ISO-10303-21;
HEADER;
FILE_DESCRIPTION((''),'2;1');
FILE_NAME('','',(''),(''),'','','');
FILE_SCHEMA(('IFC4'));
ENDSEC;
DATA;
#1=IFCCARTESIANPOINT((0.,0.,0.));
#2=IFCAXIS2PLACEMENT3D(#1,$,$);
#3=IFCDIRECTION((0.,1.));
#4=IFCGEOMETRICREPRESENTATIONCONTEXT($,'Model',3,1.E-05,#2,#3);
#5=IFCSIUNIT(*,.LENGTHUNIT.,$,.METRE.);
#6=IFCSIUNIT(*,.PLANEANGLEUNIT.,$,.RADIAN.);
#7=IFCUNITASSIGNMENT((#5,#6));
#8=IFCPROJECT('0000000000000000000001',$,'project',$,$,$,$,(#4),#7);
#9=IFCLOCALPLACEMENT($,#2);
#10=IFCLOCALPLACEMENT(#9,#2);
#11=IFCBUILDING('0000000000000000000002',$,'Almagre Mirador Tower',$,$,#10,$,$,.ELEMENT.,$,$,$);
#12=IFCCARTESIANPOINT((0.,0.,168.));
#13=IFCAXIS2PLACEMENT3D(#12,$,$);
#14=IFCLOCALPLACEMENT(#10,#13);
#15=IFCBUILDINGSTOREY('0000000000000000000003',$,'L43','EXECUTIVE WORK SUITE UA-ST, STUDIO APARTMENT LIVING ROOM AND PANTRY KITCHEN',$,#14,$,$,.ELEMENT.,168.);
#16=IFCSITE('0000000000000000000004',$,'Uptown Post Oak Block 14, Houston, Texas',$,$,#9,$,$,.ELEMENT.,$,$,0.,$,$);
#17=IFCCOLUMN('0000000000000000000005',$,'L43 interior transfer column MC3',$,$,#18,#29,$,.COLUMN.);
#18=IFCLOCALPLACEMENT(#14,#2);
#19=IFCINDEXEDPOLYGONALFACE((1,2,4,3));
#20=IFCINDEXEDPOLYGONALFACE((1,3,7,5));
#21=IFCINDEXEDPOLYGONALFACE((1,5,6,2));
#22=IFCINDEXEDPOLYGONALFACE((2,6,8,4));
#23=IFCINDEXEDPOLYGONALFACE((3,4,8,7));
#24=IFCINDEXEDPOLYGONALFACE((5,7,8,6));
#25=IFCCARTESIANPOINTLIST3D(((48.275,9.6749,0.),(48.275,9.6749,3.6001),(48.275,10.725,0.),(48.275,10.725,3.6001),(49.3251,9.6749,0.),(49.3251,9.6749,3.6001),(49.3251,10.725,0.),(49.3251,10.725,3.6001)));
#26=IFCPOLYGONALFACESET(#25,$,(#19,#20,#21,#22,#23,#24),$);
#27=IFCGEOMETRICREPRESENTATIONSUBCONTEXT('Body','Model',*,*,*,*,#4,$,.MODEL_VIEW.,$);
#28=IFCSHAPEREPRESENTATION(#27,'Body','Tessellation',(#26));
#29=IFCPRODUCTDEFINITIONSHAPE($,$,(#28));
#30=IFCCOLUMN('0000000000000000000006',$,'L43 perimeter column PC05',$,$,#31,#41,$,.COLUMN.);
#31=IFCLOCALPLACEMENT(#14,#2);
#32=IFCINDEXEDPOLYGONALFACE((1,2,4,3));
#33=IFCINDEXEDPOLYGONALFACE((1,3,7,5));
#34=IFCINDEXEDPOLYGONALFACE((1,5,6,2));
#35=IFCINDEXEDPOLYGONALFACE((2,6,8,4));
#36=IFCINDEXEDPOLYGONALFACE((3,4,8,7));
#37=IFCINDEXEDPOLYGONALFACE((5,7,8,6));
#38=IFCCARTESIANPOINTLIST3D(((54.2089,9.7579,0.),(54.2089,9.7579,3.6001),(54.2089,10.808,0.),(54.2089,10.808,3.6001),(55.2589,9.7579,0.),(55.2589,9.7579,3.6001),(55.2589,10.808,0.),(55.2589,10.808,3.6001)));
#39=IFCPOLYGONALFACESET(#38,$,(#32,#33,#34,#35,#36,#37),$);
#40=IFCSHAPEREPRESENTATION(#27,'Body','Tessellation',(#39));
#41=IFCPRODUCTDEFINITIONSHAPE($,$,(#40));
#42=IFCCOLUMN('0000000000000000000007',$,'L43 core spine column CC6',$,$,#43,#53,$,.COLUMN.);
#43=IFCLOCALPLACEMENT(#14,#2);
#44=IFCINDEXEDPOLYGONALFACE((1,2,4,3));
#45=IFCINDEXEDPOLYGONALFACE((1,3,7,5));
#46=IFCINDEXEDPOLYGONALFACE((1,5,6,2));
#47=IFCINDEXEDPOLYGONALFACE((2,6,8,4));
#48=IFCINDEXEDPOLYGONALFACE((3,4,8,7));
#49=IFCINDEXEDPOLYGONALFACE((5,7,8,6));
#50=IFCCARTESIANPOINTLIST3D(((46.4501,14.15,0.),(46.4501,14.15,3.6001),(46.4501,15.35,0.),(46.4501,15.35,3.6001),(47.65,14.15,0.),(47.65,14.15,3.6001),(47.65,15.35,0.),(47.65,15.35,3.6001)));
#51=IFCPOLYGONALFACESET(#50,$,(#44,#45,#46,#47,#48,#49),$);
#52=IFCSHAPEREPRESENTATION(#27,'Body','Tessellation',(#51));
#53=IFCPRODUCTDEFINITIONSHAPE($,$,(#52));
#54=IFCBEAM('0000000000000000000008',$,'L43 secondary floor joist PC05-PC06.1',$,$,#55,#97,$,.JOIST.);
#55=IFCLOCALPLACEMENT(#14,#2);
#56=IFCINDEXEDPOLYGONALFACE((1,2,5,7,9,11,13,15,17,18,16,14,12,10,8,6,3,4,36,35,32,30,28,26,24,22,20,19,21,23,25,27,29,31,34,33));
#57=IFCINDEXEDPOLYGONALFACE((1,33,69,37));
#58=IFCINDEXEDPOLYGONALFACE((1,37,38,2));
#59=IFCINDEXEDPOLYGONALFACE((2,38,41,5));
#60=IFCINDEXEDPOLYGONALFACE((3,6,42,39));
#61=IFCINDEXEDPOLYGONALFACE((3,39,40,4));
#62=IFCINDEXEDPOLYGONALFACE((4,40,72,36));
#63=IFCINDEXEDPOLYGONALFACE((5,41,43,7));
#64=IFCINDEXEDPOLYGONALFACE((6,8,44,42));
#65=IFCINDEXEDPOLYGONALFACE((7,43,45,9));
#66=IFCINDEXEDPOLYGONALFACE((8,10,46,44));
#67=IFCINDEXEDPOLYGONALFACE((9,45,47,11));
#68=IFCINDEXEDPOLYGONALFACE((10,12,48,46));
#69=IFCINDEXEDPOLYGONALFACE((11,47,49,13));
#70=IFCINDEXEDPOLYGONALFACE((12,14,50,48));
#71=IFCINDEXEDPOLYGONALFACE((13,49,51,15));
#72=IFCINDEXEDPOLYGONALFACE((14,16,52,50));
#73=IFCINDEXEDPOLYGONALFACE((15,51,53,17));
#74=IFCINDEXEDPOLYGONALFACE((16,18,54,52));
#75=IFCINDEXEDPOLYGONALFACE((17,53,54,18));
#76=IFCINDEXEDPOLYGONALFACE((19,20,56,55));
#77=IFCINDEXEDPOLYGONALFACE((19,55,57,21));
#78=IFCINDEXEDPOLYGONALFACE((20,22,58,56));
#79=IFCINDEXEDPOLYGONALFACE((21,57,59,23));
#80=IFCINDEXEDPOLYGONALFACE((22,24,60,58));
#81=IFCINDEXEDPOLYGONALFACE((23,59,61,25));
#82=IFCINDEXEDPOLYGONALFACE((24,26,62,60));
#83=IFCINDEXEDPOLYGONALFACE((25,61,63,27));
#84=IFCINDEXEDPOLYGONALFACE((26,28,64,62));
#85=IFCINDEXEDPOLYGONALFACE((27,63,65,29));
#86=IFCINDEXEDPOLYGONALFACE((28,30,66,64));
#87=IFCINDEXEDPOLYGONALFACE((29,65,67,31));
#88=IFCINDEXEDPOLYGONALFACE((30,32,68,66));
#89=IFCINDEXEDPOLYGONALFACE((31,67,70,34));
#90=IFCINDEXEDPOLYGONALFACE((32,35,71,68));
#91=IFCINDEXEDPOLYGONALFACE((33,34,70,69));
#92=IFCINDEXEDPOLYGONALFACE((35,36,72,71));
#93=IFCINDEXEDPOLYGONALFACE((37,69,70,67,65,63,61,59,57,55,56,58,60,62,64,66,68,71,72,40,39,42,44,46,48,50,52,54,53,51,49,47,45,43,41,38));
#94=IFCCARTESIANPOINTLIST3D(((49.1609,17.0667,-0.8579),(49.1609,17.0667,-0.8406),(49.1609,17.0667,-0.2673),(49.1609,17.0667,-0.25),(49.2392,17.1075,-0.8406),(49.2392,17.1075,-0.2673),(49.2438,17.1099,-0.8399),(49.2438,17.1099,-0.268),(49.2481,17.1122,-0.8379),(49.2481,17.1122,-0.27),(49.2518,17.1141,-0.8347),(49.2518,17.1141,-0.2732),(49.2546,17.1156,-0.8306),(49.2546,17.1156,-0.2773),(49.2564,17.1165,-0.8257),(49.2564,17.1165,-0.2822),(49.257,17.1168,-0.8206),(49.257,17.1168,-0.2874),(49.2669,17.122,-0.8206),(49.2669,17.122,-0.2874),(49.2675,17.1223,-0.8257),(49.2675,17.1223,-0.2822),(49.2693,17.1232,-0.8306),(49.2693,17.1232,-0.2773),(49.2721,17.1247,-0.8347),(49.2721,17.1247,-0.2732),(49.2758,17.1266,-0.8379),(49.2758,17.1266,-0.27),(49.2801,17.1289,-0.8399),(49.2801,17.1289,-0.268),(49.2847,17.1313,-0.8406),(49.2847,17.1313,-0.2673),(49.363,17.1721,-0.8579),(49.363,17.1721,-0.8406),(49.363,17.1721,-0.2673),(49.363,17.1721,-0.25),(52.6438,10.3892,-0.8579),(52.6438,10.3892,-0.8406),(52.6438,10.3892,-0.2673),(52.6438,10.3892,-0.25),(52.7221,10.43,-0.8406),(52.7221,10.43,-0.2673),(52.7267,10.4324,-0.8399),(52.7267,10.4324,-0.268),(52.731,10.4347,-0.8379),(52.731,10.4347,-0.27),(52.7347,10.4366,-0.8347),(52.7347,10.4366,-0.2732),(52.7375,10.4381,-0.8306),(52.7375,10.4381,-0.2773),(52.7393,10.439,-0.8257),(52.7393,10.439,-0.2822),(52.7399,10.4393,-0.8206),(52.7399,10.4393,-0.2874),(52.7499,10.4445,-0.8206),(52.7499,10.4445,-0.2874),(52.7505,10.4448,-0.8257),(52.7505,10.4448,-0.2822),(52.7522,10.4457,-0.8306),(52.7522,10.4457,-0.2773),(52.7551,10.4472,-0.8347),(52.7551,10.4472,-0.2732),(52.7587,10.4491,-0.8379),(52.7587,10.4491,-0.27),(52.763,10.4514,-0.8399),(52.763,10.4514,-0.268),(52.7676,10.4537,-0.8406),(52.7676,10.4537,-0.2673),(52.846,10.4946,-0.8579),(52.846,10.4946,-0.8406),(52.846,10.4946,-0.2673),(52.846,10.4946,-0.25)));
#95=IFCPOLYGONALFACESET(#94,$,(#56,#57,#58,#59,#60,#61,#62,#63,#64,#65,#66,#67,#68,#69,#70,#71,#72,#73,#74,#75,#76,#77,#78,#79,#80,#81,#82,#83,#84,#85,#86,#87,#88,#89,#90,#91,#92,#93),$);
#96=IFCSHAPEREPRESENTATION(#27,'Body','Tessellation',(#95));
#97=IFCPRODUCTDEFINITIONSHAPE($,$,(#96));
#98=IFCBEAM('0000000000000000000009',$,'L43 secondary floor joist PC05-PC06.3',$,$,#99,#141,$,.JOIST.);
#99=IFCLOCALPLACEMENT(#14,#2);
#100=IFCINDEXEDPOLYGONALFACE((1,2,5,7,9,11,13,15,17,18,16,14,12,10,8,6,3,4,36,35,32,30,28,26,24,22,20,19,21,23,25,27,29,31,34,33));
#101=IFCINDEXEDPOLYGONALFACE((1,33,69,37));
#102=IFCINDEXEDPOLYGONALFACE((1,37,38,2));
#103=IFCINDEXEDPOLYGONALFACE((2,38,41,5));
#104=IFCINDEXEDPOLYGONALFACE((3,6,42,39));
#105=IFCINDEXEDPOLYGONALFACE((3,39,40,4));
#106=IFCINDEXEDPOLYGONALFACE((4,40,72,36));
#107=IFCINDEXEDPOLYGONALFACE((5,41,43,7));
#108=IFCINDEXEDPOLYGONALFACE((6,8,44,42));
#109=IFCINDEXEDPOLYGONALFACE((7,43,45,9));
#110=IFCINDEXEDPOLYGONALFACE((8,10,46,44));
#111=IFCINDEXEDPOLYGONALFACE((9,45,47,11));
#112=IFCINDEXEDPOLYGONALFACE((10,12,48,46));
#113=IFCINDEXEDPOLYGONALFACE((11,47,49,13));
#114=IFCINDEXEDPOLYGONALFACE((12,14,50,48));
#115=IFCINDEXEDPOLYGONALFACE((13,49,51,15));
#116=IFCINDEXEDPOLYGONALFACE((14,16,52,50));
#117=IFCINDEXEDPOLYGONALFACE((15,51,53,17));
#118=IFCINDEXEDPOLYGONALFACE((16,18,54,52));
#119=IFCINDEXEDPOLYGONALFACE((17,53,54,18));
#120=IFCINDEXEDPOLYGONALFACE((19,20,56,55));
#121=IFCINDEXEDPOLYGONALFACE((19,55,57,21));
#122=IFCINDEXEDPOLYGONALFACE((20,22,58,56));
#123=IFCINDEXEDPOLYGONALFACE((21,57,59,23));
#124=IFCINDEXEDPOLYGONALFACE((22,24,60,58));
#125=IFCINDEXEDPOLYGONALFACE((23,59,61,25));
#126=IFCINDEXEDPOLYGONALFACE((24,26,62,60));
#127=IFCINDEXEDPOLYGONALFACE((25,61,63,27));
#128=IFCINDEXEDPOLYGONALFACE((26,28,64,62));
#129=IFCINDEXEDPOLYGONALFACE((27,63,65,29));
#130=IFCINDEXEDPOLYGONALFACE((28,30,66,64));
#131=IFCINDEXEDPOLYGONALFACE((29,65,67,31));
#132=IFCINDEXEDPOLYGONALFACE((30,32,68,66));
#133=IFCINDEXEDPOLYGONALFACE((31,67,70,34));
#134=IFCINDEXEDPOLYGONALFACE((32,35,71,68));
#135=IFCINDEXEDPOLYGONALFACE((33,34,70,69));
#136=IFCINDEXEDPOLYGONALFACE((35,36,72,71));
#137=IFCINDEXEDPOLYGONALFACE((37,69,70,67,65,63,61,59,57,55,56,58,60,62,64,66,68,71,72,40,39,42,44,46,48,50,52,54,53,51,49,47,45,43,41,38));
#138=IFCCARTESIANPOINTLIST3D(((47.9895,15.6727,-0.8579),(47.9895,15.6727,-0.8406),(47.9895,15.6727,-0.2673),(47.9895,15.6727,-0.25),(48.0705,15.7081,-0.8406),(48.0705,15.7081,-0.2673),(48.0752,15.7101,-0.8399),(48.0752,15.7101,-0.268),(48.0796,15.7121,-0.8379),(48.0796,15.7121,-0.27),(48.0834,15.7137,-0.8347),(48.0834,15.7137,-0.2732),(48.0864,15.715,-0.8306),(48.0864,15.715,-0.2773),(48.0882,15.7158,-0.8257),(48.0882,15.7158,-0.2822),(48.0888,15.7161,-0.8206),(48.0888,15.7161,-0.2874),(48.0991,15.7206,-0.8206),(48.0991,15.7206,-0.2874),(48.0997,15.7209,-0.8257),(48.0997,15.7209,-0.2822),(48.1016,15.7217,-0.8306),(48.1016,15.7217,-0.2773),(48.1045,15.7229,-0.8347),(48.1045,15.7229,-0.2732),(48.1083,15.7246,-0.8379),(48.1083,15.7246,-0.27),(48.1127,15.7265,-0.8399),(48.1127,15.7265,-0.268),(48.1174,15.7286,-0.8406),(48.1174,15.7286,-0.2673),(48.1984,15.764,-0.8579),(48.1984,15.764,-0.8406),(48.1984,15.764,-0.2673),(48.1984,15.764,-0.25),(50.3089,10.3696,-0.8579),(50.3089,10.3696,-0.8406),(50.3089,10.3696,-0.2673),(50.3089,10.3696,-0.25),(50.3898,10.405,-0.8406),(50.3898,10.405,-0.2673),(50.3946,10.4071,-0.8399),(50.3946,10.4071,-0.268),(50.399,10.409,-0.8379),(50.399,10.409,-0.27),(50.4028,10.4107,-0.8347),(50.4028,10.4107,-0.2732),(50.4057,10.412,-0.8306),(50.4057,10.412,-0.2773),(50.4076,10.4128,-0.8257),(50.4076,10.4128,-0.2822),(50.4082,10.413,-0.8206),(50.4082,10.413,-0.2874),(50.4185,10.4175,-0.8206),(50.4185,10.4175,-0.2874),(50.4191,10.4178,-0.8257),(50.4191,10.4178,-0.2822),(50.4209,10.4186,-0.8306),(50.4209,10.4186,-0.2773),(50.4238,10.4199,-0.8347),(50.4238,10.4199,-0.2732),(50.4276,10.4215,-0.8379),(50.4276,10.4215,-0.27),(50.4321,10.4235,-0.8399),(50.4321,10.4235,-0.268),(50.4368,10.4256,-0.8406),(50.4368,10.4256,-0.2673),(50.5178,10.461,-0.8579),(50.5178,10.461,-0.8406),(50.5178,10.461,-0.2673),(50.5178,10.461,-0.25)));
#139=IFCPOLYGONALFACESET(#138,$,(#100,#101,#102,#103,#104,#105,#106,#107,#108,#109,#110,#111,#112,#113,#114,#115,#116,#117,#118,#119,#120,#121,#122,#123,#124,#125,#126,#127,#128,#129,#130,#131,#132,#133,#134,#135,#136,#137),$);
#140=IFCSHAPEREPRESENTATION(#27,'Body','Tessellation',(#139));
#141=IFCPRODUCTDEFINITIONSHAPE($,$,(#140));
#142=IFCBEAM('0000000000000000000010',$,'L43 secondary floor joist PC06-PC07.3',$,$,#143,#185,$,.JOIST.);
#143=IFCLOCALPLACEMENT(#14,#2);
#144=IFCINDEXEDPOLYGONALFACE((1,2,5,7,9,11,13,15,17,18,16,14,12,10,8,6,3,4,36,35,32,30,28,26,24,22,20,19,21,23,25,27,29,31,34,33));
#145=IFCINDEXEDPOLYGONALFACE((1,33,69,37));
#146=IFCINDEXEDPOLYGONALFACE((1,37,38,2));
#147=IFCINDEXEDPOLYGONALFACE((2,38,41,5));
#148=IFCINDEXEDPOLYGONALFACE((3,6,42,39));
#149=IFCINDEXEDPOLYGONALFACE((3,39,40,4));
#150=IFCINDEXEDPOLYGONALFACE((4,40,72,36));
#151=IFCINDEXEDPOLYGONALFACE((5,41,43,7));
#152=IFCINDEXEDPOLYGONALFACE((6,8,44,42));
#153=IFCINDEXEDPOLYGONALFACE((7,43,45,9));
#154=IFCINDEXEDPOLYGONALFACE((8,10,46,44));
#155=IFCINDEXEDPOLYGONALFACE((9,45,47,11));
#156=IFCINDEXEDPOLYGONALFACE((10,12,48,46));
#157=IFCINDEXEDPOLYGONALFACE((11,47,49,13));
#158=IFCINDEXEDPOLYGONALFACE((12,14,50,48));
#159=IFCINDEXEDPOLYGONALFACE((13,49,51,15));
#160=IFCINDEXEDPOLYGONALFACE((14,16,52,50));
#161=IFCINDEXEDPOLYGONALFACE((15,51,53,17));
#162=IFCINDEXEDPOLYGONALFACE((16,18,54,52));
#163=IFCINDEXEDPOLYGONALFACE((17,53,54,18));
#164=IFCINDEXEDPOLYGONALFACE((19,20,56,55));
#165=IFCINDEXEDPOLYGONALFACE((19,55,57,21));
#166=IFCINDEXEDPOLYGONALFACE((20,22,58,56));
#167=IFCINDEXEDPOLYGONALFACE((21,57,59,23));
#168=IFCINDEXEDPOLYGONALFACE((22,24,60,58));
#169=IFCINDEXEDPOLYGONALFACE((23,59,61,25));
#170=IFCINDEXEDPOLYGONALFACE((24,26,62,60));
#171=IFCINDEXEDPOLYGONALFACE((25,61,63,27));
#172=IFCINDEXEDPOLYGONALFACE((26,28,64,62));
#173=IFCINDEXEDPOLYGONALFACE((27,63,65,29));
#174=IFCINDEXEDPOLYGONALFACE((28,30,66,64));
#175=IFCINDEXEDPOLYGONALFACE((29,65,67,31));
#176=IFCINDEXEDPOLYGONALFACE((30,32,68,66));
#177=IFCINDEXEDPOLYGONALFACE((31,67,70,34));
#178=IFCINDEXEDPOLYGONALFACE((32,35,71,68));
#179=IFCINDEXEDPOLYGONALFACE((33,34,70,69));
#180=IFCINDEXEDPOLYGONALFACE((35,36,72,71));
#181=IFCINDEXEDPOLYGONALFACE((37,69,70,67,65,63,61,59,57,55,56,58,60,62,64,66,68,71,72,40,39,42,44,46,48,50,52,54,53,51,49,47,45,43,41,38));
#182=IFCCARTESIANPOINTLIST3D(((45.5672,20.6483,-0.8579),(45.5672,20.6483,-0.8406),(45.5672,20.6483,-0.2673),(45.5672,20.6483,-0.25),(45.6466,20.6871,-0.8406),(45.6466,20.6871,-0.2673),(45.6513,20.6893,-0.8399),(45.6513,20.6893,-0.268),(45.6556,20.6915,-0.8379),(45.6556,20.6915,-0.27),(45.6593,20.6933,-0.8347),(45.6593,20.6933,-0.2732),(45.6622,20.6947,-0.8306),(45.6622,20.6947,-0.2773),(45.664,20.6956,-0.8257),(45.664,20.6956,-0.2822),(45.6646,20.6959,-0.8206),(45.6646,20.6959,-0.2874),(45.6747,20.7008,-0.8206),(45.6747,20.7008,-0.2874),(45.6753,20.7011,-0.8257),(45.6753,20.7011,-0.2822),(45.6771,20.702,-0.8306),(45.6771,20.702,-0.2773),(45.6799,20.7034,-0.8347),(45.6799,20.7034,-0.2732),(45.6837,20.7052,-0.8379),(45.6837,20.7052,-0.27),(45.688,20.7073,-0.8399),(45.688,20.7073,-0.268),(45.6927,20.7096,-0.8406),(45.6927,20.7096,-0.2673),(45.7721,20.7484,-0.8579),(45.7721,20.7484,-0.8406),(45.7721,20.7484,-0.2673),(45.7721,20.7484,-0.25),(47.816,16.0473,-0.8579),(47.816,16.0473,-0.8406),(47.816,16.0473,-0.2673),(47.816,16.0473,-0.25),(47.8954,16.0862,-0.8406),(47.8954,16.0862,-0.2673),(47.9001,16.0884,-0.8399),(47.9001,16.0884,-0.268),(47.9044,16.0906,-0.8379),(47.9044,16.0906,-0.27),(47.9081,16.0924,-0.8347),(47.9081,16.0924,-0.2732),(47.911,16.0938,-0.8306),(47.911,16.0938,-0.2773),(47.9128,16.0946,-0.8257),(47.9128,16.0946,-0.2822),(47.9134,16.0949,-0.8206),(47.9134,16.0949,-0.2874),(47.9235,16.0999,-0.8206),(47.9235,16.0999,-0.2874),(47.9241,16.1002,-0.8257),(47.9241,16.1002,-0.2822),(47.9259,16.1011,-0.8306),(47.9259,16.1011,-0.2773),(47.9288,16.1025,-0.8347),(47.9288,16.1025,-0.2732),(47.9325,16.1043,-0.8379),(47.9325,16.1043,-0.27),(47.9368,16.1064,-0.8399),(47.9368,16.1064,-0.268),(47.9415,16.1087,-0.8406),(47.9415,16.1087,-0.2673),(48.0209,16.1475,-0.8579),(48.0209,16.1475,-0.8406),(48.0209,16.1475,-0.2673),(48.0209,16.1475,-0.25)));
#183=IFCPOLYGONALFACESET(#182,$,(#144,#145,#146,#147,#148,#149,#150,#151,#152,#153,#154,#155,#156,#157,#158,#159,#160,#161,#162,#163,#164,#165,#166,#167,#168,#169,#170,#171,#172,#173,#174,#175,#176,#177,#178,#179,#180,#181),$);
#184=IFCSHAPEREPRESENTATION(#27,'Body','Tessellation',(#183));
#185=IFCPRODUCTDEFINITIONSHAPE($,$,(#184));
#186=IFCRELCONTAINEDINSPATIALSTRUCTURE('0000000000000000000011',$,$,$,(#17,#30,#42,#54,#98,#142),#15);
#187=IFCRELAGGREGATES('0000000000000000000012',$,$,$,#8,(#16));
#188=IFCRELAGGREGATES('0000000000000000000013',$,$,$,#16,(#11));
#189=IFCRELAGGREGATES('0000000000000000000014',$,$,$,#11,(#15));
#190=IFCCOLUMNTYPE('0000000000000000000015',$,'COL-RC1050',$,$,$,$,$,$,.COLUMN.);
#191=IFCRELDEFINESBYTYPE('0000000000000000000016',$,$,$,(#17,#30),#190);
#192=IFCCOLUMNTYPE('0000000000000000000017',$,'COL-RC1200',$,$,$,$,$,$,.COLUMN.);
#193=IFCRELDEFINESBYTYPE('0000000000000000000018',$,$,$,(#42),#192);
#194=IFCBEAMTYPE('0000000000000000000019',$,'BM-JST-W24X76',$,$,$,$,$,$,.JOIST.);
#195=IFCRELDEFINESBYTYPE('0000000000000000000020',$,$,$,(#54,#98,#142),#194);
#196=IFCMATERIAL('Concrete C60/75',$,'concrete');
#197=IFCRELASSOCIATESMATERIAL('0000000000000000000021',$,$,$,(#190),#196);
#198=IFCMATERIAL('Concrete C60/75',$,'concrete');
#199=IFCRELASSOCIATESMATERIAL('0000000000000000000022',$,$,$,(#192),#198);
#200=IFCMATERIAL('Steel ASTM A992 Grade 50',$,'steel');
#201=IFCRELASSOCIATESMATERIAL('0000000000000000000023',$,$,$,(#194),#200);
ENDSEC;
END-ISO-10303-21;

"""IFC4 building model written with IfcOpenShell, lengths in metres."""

from ifc_helpers import new_model, si_unit, direction, frame, origin, origin_2d, place, context, subcontext, project, spatial, rectangle, i_section, extrude, material, material_profile, profile_set, type_object, element, save


model = new_model("IFC4")

# Units and contexts
model_context = context("Model", 3, precision=1e-05, world=origin(), true_north=direction((0.0, 1.0)))
body_context = subcontext(model_context, "Body", "Model", "MODEL_VIEW")
ifc_project = project(units=[si_unit("LENGTHUNIT", "METRE"), si_unit("PLANEANGLEUNIT", "RADIAN")], contexts=[model_context])

# Site, building, storey
site_placement = place(None, origin())
site = spatial("IfcSite", under=ifc_project, at=site_placement, Name="Uptown Post Oak Block 14, Houston, Texas", CompositionType="ELEMENT", RefElevation=0.0)
building_placement = place(site_placement, origin())
building = spatial("IfcBuilding", under=site, at=building_placement, Name="Almagre Mirador Tower", CompositionType="ELEMENT")
storey_placement = place(building_placement, frame((0.0, 0.0, 168.0)))
storey = spatial("IfcBuildingStorey", under=building, at=storey_placement, Name="L43", Description="EXECUTIVE WORK SUITE UA-ST, STUDIO APARTMENT LIVING ROOM AND PANTRY KITCHEN", CompositionType="ELEMENT", Elevation=168.0)

# Columns
ifc_material_1 = material(Name="Concrete C60/75", Category="concrete")
ifc_material_profile_1 = material_profile(ifc_material_1, rectangle(XDim=1.05, YDim=1.05, at=origin_2d()), Name="RC1050X1050")
ifc_profile_set_1 = profile_set([ifc_material_profile_1], Name="Concrete C60/75")
column_type_1 = type_object("IfcColumnType", Name="COL-RC1050", PredefinedType="COLUMN", material=ifc_profile_set_1)
for number, where, z_axis, x_axis, name in (
    (1, (48.8, 10.2, 0.0), (0.0, 0.0, 1.0), (1.0, 0.0, 0.0), "L43 interior transfer column MC3"),
    (2, (54.7339, 10.283, 0.0), (0.0, 0.0, 1.0), (1.0, 0.0, 0.0), "L43 perimeter column PC05"),
):
    element("IfcColumn", number, at=place(storey_placement, frame(where, z_axis=z_axis, x_axis=x_axis)), inside=storey, type_object=column_type_1, Name=name, PredefinedType="COLUMN", context=body_context, shape_type="SweptSolid", body=[
        extrude(rectangle(XDim=1.05, YDim=1.05, at=origin_2d()), origin(), (0.0, 0.0, 1.0), 3.6001),
    ])
ifc_material_2 = material(Name="Concrete C60/75", Category="concrete")
ifc_material_profile_2 = material_profile(ifc_material_2, rectangle(XDim=1.2, YDim=1.2, at=origin_2d()), Name="RC1200X1200")
ifc_profile_set_2 = profile_set([ifc_material_profile_2], Name="Concrete C60/75")
column_type_2 = type_object("IfcColumnType", Name="COL-RC1200", PredefinedType="COLUMN", material=ifc_profile_set_2)
column_placement = place(storey_placement, frame((47.05, 14.75, 0.0), z_axis=(0.0, 0.0, 1.0), x_axis=(1.0, 0.0, 0.0)))
element("IfcColumn", 3, at=column_placement, inside=storey, type_object=column_type_2, Name="L43 core spine column CC6", PredefinedType="COLUMN", context=body_context, shape_type="SweptSolid", body=[
    extrude(rectangle(XDim=1.2, YDim=1.2, at=origin_2d()), origin(), (0.0, 0.0, 1.0), 3.6001),
])

# Beams
ifc_material_3 = material(Name="Steel ASTM A992 Grade 50", Category="steel")
ifc_material_profile_3 = material_profile(ifc_material_3, i_section(OverallWidth=0.228, OverallDepth=0.6079, WebThickness=0.0112, FlangeThickness=0.0173, FilletRadius=0.02, at=origin_2d()), Name="W24X76")
ifc_profile_set_3 = profile_set([ifc_material_profile_3], Name="Steel ASTM A992 Grade 50")
beam_type_1 = type_object("IfcBeamType", Name="BM-JST-W24X76", PredefinedType="JOIST", material=ifc_profile_set_3)
beam_1_placement = place(storey_placement, frame((52.7449, 10.4419, -0.554), z_axis=(-0.462462, 0.886639, 0.0), x_axis=(-0.886639, -0.462462, 0.0)))
element("IfcBeam", 4, at=beam_1_placement, inside=storey, type_object=beam_type_1, Name="L43 secondary floor joist PC05-PC06.1", PredefinedType="JOIST", context=body_context, shape_type="SweptSolid", body=[
    extrude(i_section(OverallWidth=0.228, OverallDepth=0.6079, WebThickness=0.0112, FlangeThickness=0.0173, FilletRadius=0.02, at=origin_2d()), origin(), (0.0, 0.0, 1.0), 7.5312),
])
beam_2_placement = place(storey_placement, frame((50.4133, 10.4153, -0.554), z_axis=(-0.400715, 0.916203, 0.0), x_axis=(-0.916203, -0.400715, 0.0)))
element("IfcBeam", 5, at=beam_2_placement, inside=storey, type_object=beam_type_1, Name="L43 secondary floor joist PC05-PC06.3", PredefinedType="JOIST", context=body_context, shape_type="SweptSolid", body=[
    extrude(i_section(OverallWidth=0.228, OverallDepth=0.6079, WebThickness=0.0112, FlangeThickness=0.0173, FilletRadius=0.02, at=origin_2d()), origin(), (0.0, 0.0, 1.0), 5.7881),
])
beam_3_placement = place(storey_placement, frame((47.9185, 16.0974, -0.554), z_axis=(-0.439129, 0.898424, 0.0), x_axis=(-0.898424, -0.439129, 0.0)))
element("IfcBeam", 6, at=beam_3_placement, inside=storey, type_object=beam_type_1, Name="L43 secondary floor joist PC06-PC07.3", PredefinedType="JOIST", context=body_context, shape_type="SweptSolid", body=[
    extrude(i_section(OverallWidth=0.228, OverallDepth=0.6079, WebThickness=0.0112, FlangeThickness=0.0173, FilletRadius=0.02, at=origin_2d()), origin(), (0.0, 0.0, 1.0), 5.1211),
])

save(model, "model.ifc")
